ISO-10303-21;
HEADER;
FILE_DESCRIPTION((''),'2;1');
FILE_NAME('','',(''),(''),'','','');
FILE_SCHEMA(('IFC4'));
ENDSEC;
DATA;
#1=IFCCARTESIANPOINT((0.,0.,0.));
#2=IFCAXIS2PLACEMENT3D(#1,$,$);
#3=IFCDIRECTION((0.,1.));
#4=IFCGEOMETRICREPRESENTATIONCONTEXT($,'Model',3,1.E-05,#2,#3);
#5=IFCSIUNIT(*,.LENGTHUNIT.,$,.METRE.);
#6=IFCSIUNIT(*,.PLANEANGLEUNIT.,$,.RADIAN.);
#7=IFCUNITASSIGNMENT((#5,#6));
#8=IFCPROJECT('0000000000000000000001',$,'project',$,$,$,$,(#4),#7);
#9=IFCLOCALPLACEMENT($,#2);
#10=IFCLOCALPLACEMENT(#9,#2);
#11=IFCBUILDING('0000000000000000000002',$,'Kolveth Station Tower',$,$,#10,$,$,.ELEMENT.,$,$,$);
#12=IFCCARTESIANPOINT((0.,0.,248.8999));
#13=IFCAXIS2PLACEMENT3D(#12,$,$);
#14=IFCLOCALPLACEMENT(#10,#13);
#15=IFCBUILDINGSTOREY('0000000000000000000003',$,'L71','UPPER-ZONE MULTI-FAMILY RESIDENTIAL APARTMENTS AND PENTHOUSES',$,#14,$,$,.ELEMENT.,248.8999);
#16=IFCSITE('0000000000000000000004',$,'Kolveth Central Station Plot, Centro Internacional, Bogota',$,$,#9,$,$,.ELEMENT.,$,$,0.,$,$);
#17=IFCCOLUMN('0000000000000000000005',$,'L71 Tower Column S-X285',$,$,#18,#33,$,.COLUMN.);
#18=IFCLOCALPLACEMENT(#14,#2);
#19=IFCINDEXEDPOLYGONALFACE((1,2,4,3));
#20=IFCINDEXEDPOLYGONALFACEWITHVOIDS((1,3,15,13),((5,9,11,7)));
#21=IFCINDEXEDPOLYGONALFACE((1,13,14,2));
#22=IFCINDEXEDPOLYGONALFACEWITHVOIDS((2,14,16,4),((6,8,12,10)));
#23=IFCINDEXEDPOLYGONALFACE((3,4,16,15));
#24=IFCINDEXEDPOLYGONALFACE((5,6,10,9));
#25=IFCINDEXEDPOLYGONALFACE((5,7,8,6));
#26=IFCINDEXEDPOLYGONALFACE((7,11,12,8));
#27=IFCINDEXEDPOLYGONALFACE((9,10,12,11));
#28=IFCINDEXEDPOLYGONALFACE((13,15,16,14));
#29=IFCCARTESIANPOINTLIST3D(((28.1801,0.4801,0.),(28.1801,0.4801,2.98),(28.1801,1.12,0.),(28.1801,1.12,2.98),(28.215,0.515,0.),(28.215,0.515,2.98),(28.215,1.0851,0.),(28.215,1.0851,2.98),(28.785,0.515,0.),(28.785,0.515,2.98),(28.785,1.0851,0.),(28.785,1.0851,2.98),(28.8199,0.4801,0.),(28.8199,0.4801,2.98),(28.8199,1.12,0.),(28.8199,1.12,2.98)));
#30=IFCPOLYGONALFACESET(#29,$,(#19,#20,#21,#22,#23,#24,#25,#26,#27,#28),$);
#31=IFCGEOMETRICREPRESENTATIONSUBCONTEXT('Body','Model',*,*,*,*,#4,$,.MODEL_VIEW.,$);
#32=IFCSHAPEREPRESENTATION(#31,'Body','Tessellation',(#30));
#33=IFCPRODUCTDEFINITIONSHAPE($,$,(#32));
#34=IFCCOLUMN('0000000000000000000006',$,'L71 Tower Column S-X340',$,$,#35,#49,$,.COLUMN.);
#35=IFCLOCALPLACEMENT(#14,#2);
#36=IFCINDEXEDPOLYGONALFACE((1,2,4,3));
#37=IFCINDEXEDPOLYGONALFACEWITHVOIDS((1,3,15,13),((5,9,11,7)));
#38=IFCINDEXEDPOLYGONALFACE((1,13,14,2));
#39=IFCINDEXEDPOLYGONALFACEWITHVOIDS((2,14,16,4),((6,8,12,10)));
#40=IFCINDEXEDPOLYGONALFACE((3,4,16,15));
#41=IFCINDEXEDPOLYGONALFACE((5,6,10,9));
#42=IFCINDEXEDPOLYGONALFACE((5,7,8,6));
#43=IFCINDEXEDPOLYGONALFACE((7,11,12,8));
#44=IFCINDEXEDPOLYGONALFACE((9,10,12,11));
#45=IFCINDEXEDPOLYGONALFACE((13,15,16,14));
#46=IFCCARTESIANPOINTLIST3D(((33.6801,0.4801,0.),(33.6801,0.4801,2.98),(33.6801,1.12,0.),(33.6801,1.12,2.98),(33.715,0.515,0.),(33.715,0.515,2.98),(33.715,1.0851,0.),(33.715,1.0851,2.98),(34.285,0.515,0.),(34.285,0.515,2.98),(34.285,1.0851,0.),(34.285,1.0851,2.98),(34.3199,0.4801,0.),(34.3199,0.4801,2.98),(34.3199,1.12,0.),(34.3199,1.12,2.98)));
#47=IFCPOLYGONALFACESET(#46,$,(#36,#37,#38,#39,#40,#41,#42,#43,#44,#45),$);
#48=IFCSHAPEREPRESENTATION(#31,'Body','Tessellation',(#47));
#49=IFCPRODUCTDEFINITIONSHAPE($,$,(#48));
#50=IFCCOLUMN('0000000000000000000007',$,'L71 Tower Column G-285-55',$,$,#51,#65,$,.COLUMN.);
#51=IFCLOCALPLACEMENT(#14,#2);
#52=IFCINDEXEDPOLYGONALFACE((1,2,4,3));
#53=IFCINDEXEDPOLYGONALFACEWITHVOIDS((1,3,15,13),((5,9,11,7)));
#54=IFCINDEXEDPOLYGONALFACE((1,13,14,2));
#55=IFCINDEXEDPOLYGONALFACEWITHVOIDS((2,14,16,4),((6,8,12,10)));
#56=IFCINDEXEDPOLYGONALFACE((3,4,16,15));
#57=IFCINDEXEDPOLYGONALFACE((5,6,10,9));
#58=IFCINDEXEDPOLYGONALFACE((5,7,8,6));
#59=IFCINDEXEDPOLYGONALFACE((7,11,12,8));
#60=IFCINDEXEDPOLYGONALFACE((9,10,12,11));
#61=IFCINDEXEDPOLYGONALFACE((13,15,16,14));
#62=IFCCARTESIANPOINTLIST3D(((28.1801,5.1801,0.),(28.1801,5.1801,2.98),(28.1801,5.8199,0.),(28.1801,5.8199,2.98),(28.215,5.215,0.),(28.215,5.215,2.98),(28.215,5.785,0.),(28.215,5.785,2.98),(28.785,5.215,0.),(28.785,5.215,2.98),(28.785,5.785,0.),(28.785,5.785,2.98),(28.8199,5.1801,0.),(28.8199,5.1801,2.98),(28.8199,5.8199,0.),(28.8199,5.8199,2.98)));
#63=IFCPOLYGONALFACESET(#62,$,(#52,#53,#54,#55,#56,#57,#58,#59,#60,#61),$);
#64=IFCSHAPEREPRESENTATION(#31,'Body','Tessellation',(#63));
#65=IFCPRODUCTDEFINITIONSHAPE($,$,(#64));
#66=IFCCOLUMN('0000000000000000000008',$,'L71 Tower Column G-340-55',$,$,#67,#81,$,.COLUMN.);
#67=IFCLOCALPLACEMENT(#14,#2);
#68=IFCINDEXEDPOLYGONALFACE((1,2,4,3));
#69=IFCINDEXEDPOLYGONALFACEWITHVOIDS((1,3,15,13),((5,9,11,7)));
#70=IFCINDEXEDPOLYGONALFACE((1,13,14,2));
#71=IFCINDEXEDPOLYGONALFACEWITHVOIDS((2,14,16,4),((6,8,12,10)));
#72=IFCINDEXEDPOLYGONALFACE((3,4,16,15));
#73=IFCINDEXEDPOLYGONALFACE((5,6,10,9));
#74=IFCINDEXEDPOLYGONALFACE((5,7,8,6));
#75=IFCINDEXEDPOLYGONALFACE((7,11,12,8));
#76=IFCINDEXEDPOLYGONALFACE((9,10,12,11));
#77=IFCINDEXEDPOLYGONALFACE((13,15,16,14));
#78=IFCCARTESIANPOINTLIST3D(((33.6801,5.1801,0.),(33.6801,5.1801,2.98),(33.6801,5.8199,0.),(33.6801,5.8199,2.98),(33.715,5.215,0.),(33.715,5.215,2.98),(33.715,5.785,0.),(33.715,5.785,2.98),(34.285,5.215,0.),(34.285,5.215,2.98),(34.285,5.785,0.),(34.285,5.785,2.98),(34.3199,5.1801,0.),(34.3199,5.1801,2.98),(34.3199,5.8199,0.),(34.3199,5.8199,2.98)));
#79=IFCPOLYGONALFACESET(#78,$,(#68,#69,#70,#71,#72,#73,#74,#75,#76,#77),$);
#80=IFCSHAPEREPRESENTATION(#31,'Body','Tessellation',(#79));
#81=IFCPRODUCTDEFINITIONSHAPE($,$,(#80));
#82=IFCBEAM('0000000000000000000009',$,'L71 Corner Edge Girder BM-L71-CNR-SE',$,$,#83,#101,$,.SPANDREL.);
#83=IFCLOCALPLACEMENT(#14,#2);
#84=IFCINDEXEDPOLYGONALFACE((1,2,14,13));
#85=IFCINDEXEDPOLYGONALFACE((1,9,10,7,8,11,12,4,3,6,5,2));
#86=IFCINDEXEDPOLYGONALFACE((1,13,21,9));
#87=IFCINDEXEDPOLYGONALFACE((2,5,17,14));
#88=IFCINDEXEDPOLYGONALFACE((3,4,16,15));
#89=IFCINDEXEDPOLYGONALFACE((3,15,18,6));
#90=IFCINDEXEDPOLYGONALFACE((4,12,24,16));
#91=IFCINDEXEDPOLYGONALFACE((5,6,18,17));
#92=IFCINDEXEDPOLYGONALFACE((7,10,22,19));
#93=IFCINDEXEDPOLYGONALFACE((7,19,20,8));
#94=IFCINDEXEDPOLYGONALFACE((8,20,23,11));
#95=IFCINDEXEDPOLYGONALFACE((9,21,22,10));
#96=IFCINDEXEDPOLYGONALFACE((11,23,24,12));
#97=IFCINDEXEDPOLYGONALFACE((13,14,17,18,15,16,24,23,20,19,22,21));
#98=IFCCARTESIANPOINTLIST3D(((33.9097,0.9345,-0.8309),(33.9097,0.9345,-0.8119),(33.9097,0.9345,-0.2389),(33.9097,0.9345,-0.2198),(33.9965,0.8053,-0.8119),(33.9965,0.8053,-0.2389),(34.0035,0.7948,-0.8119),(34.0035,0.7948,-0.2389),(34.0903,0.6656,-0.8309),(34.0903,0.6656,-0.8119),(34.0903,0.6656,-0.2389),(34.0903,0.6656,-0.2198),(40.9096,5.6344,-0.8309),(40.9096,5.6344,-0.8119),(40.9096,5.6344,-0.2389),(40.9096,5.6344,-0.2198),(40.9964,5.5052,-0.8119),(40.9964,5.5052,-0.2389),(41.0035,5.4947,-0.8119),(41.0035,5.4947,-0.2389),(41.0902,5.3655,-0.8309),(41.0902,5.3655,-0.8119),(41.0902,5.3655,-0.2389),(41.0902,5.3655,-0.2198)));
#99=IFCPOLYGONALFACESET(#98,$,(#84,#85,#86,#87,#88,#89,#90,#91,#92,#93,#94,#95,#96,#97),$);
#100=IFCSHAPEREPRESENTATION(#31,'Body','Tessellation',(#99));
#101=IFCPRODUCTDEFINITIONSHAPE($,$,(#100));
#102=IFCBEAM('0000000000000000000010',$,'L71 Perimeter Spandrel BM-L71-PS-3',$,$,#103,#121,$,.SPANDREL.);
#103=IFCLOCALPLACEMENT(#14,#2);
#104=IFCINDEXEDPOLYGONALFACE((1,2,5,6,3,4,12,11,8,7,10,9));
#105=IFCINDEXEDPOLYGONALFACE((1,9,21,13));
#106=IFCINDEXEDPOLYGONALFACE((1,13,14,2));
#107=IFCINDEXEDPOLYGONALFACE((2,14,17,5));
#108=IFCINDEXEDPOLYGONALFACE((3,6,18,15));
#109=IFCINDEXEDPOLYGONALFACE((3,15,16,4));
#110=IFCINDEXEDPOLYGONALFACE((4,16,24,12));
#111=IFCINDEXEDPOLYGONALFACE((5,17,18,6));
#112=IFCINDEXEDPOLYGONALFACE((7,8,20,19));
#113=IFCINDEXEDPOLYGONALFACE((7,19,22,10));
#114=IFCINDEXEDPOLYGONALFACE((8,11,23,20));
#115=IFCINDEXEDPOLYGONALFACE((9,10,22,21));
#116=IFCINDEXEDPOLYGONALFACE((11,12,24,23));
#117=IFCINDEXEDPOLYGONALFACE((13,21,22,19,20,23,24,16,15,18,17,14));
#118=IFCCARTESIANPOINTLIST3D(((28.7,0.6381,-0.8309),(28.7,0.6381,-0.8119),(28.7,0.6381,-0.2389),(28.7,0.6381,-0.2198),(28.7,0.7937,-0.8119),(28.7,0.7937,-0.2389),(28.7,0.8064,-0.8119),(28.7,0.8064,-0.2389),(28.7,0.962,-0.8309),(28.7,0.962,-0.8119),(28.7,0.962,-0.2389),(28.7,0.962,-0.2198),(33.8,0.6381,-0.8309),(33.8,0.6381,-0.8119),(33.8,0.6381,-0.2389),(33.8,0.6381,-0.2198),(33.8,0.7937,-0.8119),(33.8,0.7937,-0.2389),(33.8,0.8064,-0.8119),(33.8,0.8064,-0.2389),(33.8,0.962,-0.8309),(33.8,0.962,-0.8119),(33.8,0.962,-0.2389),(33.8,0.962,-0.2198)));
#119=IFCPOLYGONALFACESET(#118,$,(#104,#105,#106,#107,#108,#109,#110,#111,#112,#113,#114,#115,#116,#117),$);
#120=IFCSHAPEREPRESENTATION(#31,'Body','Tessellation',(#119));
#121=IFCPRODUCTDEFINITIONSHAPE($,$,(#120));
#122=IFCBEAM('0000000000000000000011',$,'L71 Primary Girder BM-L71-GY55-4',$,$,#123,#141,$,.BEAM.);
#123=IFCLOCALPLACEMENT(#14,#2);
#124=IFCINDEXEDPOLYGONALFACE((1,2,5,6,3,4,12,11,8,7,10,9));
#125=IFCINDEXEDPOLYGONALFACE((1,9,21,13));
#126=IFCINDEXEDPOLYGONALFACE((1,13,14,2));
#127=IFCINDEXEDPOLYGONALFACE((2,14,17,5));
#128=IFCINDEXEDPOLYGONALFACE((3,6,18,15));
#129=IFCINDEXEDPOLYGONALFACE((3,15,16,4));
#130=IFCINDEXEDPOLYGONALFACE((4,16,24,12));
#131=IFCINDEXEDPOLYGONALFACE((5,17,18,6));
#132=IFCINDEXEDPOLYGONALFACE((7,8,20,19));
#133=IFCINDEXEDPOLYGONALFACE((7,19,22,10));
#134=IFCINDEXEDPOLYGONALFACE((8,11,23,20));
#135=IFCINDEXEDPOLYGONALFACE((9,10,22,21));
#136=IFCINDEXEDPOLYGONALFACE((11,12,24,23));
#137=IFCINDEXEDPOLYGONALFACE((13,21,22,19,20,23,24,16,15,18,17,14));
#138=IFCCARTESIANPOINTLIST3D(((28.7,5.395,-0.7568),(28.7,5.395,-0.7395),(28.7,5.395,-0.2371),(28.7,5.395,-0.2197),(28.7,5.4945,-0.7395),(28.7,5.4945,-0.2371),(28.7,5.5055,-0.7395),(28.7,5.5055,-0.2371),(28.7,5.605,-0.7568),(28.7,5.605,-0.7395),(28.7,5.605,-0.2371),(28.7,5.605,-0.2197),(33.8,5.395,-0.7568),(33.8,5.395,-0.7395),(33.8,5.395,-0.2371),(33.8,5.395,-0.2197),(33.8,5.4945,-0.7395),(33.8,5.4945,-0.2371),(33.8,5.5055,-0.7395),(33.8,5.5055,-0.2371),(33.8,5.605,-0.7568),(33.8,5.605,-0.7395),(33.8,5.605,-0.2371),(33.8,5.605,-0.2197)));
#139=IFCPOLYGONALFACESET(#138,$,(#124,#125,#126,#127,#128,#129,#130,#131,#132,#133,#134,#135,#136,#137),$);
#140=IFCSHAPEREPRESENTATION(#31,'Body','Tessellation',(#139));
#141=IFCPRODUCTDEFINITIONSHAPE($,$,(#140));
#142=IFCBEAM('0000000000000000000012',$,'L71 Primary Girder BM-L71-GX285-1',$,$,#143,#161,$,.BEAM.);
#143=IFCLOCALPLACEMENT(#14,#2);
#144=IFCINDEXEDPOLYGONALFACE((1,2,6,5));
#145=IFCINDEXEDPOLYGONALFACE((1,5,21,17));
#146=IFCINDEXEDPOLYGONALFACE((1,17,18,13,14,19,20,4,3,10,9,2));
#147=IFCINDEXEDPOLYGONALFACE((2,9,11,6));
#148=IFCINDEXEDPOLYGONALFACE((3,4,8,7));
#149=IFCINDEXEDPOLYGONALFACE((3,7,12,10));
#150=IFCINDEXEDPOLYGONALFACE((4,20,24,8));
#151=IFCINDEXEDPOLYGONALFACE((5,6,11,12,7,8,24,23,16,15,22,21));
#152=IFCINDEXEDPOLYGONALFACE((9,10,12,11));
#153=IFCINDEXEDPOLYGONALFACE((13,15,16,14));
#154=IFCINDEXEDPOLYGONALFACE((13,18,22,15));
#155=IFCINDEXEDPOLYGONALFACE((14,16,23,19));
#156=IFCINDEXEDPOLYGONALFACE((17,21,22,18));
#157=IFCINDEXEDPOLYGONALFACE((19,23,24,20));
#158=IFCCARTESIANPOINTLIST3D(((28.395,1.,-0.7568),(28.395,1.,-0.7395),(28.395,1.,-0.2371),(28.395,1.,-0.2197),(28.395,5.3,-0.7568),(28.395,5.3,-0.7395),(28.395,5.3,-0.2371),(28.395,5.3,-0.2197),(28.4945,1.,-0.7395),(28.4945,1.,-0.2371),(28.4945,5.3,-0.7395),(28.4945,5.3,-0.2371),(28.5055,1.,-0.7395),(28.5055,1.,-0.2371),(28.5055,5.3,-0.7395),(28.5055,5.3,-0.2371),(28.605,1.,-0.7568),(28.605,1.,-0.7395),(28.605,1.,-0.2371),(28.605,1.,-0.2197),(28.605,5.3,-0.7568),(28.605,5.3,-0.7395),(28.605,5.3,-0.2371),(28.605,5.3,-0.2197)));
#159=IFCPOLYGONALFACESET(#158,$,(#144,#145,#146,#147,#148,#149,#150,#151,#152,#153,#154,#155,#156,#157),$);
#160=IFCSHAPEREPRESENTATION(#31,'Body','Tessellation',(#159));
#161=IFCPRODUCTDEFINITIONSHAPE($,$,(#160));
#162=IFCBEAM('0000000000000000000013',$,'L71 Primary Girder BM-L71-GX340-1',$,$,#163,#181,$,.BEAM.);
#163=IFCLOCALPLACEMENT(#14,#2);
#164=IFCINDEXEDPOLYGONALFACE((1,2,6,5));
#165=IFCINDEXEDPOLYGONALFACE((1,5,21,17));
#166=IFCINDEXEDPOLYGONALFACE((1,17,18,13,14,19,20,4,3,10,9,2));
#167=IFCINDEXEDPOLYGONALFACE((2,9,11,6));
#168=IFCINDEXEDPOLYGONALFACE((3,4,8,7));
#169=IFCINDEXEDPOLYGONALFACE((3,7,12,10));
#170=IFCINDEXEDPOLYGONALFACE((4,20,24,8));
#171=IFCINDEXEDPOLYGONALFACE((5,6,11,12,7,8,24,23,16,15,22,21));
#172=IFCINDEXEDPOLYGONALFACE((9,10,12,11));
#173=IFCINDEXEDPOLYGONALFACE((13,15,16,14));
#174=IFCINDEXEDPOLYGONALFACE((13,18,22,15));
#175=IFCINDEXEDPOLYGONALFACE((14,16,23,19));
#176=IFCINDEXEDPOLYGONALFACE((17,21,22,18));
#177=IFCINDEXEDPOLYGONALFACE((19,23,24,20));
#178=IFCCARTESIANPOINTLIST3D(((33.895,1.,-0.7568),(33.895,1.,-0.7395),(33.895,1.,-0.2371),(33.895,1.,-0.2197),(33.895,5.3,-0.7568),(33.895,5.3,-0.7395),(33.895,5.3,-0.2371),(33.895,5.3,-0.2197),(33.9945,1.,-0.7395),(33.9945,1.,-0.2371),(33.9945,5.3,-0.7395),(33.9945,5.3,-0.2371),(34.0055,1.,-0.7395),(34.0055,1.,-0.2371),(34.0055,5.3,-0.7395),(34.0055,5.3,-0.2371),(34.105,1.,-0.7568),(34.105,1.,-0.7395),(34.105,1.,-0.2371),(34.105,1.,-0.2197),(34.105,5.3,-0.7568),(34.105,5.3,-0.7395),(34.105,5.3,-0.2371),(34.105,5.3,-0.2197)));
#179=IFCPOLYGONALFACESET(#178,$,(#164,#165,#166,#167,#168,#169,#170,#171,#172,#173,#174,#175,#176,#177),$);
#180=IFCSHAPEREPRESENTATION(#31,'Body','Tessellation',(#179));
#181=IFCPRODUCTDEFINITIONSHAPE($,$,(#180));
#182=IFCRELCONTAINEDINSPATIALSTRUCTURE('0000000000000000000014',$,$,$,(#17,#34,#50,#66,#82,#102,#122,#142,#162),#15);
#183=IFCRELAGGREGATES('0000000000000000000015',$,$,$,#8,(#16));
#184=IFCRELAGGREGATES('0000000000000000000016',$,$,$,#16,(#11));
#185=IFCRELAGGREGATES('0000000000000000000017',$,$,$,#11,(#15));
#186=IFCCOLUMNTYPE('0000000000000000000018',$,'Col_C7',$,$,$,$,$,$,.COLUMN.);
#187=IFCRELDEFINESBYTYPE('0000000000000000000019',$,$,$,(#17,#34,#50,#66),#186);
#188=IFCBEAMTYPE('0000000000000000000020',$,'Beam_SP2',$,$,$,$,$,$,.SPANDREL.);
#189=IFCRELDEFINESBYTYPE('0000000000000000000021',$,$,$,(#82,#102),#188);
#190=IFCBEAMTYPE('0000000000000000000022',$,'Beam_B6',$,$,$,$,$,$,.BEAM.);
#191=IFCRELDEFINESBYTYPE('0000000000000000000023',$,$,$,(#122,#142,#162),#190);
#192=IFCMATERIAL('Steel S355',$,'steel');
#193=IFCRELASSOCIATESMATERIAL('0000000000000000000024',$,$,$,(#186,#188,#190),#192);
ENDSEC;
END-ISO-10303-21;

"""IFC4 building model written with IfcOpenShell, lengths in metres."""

from ifc_helpers import new_model, si_unit, direction, frame, origin, origin_2d, place, context, subcontext, project, spatial, hollow_rectangle, i_section, extrude, source, transform, mapped, material, material_profile, profile_set, type_object, element, save


model = new_model("IFC4")

# Units and contexts
model_context = context("Model", 3, precision=1e-05, world=origin(), true_north=direction((0.0, 1.0)))
body_context = subcontext(model_context, "Body", "Model", "MODEL_VIEW")
ifc_project = project(units=[si_unit("LENGTHUNIT", "METRE"), si_unit("PLANEANGLEUNIT", "RADIAN")], contexts=[model_context])

# Site, building, storey
site_placement = place(None, origin())
site = spatial("IfcSite", under=ifc_project, at=site_placement, Name="Kolveth Central Station Plot, Centro Internacional, Bogota", CompositionType="ELEMENT", RefElevation=0.0)
building_placement = place(site_placement, origin())
building = spatial("IfcBuilding", under=site, at=building_placement, Name="Kolveth Station Tower", CompositionType="ELEMENT")
storey_placement = place(building_placement, frame((0.0, 0.0, 248.8999)))
storey = spatial("IfcBuildingStorey", under=building, at=storey_placement, Name="L71", Description="UPPER-ZONE MULTI-FAMILY RESIDENTIAL APARTMENTS AND PENTHOUSES", CompositionType="ELEMENT", Elevation=248.8999)

# Columns
ifc_material_1 = material(Name="Steel S355", Category="steel")
ifc_material_profile_1 = material_profile(ifc_material_1, hollow_rectangle(XDim=0.6399, YDim=0.6399, WallThickness=0.0349, at=origin_2d()), Name="BOX640x640x35")
ifc_profile_set_1 = profile_set([ifc_material_profile_1], Name="Steel S355")
column_type = type_object("IfcColumnType", Name="Col_C7", PredefinedType="COLUMN", material=ifc_profile_set_1)
shared_shape_1 = source(origin(), body_context, "Body", "SweptSolid", [
    extrude(hollow_rectangle(XDim=0.6399, YDim=0.6399, WallThickness=0.0349, at=origin_2d()), origin(), (0.0, 0.0, 1.0), 2.98),
])
for number, where, z_axis, x_axis, name in (
    (1, (28.5, 0.8, 0.0), (0.0, 0.0, 1.0), (1.0, 0.0, 0.0), "L71 Tower Column S-X285"),
    (2, (34.0, 0.8, 0.0), (0.0, 0.0, 1.0), (1.0, 0.0, 0.0), "L71 Tower Column S-X340"),
    (3, (28.5, 5.5, 0.0), (0.0, 0.0, 1.0), (1.0, 0.0, 0.0), "L71 Tower Column G-285-55"),
    (4, (34.0, 5.5, 0.0), (0.0, 0.0, 1.0), (1.0, 0.0, 0.0), "L71 Tower Column G-340-55"),
):
    element("IfcColumn", number, at=place(storey_placement, frame(where, z_axis=z_axis, x_axis=x_axis)), inside=storey, type_object=column_type, Name=name, PredefinedType="COLUMN", context=body_context, shape_type="MappedRepresentation", body=[
        mapped(shared_shape_1, transform((0.0, 0.0, 0.0), x_axis=(1.0, 0.0, 0.0), y_axis=(0.0, 1.0, 0.0), z_axis=(0.0, 0.0, 1.0), scale=1.0)),
    ])

# Beams
ifc_material_profile_2 = material_profile(ifc_material_1, i_section(OverallWidth=0.324, OverallDepth=0.6111, WebThickness=0.0127, FlangeThickness=0.019, at=origin_2d()), Name="W610x155")
ifc_profile_set_2 = profile_set([ifc_material_profile_2], Name="Steel S355")
beam_type_1 = type_object("IfcBeamType", Name="Beam_SP2", PredefinedType="SPANDREL", material=ifc_profile_set_2)
shared_shape_2 = source(origin(), body_context, "Body", "SweptSolid", [
    extrude(i_section(OverallWidth=0.324, OverallDepth=0.6111, WebThickness=0.0127, FlangeThickness=0.019, at=origin_2d()), origin(), (0.0, 0.0, 1.0), 8.4314),
])
beam_1_placement = place(storey_placement, frame((34.0, 0.8, -0.5254), z_axis=(0.830224, 0.55743, 0.0), x_axis=(-0.55743, 0.830224, 0.0)))
element("IfcBeam", 5, at=beam_1_placement, inside=storey, type_object=beam_type_1, Name="L71 Corner Edge Girder BM-L71-CNR-SE", PredefinedType="SPANDREL", context=body_context, shape_type="MappedRepresentation", body=[
    mapped(shared_shape_2, transform((0.0, 0.0, 0.0), x_axis=(1.0, 0.0, 0.0), y_axis=(0.0, 1.0, 0.0), z_axis=(0.0, 0.0, 1.0), scale=1.0)),
])
shared_shape_3 = source(origin(), body_context, "Body", "SweptSolid", [
    extrude(i_section(OverallWidth=0.324, OverallDepth=0.6111, WebThickness=0.0127, FlangeThickness=0.019, at=origin_2d()), origin(), (0.0, 0.0, 1.0), 5.1001),
])
beam_2_placement = place(storey_placement, frame((28.7, 0.8, -0.5254), z_axis=(1.0, 0.0, 0.0), x_axis=(0.0, 1.0, 0.0)))
element("IfcBeam", 6, at=beam_2_placement, inside=storey, type_object=beam_type_1, Name="L71 Perimeter Spandrel BM-L71-PS-3", PredefinedType="SPANDREL", context=body_context, shape_type="MappedRepresentation", body=[
    mapped(shared_shape_3, transform((0.0, 0.0, 0.0), x_axis=(1.0, 0.0, 0.0), y_axis=(0.0, 1.0, 0.0), z_axis=(0.0, 0.0, 1.0), scale=1.0)),
])
ifc_material_profile_3 = material_profile(ifc_material_1, i_section(OverallWidth=0.21, OverallDepth=0.5371, WebThickness=0.011, FlangeThickness=0.0173, at=origin_2d()), Name="W530x101")
ifc_profile_set_3 = profile_set([ifc_material_profile_3], Name="Steel S355")
beam_type_2 = type_object("IfcBeamType", Name="Beam_B6", PredefinedType="BEAM", material=ifc_profile_set_3)
shared_shape_4 = source(origin(), body_context, "Body", "SweptSolid", [
    extrude(i_section(OverallWidth=0.21, OverallDepth=0.5371, WebThickness=0.011, FlangeThickness=0.0173, at=origin_2d()), origin(), (0.0, 0.0, 1.0), 5.1001),
])
beam_3_placement = place(storey_placement, frame((28.7, 5.5, -0.4883), z_axis=(1.0, 0.0, 0.0), x_axis=(0.0, 1.0, 0.0)))
element("IfcBeam", 7, at=beam_3_placement, inside=storey, type_object=beam_type_2, Name="L71 Primary Girder BM-L71-GY55-4", PredefinedType="BEAM", context=body_context, shape_type="MappedRepresentation", body=[
    mapped(shared_shape_4, transform((0.0, 0.0, 0.0), x_axis=(1.0, 0.0, 0.0), y_axis=(0.0, 1.0, 0.0), z_axis=(0.0, 0.0, 1.0), scale=1.0)),
])
shared_shape_5 = source(origin(), body_context, "Body", "SweptSolid", [
    extrude(i_section(OverallWidth=0.21, OverallDepth=0.5371, WebThickness=0.011, FlangeThickness=0.0173, at=origin_2d()), origin(), (0.0, 0.0, 1.0), 4.3),
])
for number, where, z_axis, x_axis, name in (
    (8, (28.5, 1.0, -0.4883), (0.0, 1.0, 0.0), (-1.0, 0.0, 0.0), "L71 Primary Girder BM-L71-GX285-1"),
    (9, (34.0, 1.0, -0.4883), (0.0, 1.0, 0.0), (-1.0, 0.0, 0.0), "L71 Primary Girder BM-L71-GX340-1"),
):
    element("IfcBeam", number, at=place(storey_placement, frame(where, z_axis=z_axis, x_axis=x_axis)), inside=storey, type_object=beam_type_2, Name=name, PredefinedType="BEAM", context=body_context, shape_type="MappedRepresentation", body=[
        mapped(shared_shape_5, transform((0.0, 0.0, 0.0), x_axis=(1.0, 0.0, 0.0), y_axis=(0.0, 1.0, 0.0), z_axis=(0.0, 0.0, 1.0), scale=1.0)),
    ])

save(model, "model.ifc")
